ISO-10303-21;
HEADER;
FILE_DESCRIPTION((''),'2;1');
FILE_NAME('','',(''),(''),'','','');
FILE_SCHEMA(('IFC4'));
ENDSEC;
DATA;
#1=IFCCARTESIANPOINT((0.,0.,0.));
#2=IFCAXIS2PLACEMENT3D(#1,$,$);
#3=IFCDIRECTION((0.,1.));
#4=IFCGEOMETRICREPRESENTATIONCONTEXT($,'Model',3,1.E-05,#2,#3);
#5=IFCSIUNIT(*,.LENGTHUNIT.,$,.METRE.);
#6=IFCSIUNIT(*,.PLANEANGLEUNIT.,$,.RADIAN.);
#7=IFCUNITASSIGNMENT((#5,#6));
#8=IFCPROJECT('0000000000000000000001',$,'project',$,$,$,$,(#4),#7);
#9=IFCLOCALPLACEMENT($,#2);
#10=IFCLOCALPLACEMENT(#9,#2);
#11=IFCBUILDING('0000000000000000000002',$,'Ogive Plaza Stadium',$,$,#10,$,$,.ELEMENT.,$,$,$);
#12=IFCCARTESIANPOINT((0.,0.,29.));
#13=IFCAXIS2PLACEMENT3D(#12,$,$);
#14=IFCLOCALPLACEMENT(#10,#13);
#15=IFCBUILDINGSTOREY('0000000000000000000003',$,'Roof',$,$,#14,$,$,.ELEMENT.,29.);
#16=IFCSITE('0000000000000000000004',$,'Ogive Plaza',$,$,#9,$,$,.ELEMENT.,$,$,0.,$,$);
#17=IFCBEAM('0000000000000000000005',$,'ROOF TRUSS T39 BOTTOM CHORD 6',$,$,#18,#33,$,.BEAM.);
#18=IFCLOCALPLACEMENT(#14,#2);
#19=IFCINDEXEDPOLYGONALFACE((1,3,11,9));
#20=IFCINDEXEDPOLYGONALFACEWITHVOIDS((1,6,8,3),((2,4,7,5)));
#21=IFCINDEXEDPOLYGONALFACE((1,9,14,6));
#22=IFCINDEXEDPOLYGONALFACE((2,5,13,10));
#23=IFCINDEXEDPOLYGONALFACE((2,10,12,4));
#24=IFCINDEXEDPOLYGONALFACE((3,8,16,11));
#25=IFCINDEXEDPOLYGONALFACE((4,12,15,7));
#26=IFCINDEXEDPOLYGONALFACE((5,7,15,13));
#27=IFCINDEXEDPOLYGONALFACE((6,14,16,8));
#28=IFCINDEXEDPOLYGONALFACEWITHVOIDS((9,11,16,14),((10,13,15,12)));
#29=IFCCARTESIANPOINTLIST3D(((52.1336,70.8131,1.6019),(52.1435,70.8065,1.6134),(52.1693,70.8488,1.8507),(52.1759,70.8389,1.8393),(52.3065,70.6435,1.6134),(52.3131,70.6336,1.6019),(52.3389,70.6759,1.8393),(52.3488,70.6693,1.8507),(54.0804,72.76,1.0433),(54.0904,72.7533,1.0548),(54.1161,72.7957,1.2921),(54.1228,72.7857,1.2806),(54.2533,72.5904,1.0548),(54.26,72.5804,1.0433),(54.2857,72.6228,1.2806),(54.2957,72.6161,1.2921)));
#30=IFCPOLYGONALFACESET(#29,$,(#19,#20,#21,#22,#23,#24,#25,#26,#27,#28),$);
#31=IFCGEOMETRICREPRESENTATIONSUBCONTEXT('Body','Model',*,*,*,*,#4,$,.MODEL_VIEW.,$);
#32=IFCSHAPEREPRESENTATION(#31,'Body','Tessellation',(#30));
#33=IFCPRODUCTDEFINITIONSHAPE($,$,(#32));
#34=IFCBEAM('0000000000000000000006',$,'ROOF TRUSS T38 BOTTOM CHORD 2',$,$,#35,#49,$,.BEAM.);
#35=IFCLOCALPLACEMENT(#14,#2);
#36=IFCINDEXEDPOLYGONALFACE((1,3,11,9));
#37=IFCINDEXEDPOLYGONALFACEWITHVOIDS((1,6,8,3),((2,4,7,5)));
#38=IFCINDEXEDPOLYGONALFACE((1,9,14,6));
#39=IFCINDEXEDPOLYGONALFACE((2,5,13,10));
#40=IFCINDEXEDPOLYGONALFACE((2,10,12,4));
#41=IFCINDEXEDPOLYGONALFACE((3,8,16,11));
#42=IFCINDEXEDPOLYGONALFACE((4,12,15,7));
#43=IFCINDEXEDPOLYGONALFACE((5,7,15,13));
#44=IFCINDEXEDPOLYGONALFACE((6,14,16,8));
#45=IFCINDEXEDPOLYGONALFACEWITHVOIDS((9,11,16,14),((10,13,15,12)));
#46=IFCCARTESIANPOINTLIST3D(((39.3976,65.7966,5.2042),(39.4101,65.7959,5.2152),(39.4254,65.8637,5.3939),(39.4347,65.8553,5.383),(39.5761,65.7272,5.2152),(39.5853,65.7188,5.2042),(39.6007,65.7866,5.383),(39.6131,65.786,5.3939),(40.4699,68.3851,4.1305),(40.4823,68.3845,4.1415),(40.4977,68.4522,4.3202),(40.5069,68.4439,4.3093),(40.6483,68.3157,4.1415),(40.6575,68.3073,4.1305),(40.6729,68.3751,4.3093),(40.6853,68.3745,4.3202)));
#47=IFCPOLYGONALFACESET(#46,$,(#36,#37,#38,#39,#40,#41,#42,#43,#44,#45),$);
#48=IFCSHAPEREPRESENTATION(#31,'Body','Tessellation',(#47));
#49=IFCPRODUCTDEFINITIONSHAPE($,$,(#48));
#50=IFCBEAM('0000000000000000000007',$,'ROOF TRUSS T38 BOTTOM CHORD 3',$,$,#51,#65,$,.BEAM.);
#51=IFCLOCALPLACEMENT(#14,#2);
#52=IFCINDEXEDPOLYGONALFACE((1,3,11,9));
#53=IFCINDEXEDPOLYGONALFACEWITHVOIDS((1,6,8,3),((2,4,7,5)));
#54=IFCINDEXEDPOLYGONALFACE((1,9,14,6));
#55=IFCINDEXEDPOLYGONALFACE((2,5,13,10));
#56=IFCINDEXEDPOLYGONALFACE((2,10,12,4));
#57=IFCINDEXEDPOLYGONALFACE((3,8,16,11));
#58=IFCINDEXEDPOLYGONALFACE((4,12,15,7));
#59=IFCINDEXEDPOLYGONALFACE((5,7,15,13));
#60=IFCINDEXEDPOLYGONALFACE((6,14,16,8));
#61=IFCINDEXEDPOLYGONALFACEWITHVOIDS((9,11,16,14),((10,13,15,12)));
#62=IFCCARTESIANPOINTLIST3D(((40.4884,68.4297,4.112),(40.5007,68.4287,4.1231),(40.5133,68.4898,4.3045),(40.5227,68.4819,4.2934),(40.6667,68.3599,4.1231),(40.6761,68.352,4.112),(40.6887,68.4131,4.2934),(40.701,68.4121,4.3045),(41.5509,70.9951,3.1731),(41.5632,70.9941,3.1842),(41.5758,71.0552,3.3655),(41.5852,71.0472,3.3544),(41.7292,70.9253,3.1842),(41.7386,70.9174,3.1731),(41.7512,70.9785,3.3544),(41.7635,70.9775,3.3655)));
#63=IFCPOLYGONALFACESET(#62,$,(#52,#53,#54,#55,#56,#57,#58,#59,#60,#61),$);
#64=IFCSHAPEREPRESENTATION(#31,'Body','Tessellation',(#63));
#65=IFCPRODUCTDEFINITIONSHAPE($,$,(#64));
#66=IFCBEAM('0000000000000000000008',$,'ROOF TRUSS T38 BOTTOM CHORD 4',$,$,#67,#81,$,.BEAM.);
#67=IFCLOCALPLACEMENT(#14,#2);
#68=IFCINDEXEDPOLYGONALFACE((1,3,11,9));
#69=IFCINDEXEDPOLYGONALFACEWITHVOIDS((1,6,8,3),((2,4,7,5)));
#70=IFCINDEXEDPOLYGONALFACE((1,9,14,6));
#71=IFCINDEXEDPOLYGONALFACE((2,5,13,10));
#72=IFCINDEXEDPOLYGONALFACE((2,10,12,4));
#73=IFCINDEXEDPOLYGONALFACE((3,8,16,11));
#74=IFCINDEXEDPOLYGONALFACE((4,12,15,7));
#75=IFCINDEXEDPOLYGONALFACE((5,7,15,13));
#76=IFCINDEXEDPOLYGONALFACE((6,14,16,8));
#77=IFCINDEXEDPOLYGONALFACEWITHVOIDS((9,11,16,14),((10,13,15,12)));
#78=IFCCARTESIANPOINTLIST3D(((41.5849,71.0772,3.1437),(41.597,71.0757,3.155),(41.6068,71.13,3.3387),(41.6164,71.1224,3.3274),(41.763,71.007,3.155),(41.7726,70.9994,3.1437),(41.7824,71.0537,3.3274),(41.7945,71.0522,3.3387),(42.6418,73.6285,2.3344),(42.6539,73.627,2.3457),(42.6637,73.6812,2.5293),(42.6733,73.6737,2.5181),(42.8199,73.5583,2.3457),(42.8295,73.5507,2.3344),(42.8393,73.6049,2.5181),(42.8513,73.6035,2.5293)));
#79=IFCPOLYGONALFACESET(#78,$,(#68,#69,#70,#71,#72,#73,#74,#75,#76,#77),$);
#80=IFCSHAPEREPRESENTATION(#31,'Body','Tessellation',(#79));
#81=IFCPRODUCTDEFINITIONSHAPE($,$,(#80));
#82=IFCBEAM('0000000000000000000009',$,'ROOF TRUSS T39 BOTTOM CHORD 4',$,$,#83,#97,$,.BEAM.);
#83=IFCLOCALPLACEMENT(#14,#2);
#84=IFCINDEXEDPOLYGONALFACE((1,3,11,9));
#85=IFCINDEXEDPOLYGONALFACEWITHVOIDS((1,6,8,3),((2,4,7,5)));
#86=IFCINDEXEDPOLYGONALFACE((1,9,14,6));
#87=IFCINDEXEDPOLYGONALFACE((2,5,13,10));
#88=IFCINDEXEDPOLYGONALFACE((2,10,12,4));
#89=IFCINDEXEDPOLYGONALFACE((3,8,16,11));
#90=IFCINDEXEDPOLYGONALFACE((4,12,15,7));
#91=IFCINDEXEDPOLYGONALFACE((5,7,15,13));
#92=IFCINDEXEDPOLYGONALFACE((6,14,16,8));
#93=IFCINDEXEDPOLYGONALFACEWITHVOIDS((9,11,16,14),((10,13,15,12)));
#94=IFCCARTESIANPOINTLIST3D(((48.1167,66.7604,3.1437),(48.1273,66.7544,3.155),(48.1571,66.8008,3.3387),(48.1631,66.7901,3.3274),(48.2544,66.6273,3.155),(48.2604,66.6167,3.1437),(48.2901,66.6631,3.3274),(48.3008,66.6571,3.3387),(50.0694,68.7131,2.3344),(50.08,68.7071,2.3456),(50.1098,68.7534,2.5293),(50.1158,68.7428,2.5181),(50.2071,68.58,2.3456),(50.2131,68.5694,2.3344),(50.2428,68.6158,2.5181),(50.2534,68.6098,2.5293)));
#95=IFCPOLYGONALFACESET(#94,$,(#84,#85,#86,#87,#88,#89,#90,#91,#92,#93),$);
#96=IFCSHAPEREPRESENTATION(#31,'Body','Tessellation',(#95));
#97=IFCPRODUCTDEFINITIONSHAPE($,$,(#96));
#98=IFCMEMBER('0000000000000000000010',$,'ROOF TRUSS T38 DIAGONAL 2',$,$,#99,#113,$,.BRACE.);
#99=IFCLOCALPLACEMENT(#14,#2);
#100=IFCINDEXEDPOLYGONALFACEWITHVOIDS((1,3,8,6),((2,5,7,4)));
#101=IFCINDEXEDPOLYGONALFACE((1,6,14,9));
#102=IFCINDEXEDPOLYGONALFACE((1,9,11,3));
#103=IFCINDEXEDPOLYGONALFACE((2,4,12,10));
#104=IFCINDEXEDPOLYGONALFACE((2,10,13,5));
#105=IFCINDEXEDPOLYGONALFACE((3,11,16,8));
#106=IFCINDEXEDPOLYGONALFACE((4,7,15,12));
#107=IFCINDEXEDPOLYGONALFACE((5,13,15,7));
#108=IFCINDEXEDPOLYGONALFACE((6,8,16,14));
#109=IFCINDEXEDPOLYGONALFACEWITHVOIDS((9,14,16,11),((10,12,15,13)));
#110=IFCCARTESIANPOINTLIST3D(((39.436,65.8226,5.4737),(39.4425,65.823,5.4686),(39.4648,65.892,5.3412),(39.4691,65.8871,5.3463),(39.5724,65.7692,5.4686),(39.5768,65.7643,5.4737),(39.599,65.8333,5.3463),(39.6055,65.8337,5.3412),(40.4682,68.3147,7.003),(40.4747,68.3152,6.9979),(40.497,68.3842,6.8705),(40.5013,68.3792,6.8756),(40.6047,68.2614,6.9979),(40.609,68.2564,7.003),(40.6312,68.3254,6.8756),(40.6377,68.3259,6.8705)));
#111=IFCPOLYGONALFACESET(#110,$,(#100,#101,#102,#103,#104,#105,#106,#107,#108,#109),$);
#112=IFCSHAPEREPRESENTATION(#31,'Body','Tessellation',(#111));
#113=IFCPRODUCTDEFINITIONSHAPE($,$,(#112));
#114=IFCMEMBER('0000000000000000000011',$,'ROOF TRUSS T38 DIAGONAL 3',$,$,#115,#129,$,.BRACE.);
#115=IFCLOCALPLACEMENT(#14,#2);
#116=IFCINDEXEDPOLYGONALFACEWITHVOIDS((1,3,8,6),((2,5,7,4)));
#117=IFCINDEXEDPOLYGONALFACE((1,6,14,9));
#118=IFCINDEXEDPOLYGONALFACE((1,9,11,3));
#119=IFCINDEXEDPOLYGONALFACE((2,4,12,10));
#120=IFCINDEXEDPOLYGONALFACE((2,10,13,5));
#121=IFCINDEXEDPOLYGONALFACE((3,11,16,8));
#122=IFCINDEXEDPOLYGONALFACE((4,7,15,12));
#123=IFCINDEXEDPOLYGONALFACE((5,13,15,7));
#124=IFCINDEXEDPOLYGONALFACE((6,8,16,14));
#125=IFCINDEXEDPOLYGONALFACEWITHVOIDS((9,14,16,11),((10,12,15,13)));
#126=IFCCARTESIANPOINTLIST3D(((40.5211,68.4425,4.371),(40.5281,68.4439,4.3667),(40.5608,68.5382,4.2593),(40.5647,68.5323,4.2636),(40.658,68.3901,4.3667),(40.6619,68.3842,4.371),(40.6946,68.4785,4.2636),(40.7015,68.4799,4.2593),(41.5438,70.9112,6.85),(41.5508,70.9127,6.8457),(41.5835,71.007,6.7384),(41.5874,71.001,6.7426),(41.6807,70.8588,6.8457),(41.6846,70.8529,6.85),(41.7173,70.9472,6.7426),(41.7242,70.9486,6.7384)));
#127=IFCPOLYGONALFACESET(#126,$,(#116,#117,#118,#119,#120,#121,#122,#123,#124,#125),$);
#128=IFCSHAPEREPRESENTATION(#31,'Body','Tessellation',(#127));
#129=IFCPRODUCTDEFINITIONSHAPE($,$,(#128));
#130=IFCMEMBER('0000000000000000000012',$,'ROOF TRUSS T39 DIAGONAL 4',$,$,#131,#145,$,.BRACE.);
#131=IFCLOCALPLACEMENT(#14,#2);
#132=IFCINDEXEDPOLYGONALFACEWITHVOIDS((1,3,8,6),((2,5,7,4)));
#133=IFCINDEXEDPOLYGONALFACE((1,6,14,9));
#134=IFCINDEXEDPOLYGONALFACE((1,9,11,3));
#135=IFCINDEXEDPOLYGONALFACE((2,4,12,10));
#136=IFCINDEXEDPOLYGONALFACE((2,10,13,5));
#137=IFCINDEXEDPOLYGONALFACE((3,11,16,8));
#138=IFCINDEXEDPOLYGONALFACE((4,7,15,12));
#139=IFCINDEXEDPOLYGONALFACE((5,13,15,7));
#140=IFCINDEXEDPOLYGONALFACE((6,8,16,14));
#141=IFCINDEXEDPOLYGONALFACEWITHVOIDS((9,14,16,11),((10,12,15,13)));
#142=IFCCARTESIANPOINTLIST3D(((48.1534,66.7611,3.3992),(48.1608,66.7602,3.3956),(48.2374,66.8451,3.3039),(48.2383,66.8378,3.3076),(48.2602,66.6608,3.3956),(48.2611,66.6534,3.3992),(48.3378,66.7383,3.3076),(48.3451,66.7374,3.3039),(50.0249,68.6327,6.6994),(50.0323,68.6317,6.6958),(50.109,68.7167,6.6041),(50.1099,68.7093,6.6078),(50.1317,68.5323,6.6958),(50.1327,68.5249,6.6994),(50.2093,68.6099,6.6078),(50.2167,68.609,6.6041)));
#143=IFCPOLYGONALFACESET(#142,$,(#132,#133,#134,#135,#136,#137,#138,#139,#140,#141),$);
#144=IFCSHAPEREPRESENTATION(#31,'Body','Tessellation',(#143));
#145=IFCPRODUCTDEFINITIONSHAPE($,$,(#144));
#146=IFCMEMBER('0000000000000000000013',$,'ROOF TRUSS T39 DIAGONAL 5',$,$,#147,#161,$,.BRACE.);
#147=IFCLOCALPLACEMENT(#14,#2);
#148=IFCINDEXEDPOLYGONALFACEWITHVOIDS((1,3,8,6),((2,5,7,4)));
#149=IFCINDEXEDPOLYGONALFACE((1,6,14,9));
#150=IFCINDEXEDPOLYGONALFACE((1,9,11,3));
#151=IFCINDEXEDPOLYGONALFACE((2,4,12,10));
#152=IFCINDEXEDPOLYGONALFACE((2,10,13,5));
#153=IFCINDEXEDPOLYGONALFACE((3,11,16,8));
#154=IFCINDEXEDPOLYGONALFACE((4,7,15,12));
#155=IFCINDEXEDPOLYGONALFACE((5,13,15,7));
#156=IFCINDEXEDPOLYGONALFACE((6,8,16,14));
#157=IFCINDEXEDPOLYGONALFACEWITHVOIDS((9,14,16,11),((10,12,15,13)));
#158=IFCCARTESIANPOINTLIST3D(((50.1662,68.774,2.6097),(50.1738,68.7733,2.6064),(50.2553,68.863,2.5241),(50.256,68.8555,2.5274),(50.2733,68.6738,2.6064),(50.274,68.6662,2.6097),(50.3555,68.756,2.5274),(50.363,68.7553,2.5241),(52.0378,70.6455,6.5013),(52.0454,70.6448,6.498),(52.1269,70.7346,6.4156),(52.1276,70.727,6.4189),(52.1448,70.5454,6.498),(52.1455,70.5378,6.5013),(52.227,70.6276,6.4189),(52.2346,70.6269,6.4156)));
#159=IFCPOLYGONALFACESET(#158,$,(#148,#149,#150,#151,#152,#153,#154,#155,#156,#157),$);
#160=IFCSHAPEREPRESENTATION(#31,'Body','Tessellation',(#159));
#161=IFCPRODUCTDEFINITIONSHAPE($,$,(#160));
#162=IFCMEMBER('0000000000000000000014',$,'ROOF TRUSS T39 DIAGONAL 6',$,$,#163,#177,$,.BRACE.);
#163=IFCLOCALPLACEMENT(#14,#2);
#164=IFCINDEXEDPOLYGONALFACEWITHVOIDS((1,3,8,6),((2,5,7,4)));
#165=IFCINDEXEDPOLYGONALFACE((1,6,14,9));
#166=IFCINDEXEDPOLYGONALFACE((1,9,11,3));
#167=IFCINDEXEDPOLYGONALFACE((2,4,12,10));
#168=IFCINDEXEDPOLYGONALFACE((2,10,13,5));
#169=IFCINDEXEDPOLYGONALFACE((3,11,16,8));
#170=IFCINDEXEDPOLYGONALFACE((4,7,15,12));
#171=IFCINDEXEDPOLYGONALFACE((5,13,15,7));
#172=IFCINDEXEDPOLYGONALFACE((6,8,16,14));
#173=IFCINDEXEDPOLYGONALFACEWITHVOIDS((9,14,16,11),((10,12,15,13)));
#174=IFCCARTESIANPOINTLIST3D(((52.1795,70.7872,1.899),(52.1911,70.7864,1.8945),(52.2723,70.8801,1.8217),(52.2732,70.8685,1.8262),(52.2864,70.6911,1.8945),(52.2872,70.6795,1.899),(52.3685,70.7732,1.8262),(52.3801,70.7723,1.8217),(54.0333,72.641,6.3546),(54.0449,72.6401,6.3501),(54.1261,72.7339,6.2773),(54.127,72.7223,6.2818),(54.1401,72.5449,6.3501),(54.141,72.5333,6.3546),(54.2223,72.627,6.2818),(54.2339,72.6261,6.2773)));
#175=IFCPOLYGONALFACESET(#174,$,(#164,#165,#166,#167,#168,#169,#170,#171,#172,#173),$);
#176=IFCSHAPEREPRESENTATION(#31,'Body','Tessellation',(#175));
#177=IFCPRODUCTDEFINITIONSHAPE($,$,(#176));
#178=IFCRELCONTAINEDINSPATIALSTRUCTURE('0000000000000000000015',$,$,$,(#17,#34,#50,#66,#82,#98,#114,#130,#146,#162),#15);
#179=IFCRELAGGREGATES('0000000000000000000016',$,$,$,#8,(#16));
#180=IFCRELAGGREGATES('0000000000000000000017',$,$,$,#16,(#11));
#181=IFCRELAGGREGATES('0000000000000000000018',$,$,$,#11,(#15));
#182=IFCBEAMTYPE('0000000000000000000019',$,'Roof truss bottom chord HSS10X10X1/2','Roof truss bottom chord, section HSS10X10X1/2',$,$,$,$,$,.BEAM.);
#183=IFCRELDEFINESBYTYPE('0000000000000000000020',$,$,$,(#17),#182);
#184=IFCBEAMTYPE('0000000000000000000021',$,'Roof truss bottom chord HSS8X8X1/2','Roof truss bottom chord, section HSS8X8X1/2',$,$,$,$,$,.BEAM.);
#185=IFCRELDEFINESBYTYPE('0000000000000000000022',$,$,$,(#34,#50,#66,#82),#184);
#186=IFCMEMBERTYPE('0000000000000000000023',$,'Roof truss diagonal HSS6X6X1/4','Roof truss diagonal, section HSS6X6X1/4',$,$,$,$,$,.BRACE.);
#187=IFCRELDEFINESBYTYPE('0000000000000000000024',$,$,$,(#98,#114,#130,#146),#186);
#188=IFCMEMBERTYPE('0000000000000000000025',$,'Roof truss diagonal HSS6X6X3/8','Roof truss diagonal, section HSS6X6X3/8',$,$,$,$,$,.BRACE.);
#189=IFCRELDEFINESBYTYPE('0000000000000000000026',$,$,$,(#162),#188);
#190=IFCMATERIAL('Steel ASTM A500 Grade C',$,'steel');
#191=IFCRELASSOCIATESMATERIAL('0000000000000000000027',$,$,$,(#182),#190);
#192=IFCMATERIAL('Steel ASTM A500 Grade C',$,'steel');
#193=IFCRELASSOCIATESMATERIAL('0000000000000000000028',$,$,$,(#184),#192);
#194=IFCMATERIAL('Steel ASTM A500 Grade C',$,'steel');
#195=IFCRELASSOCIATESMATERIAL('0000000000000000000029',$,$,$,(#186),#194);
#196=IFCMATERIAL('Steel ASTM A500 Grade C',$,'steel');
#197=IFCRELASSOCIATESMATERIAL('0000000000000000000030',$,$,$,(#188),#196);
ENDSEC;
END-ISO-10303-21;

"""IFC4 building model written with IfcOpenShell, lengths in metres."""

from ifc_helpers import new_model, si_unit, direction, frame, origin, origin_2d, place, context, subcontext, project, spatial, hollow_rectangle, extrude, material, material_profile, profile_set, type_object, element, save


model = new_model("IFC4")

# Units and contexts
model_context = context("Model", 3, precision=1e-05, world=origin(), true_north=direction((0.0, 1.0)))
body_context = subcontext(model_context, "Body", "Model", "MODEL_VIEW")
ifc_project = project(units=[si_unit("LENGTHUNIT", "METRE"), si_unit("PLANEANGLEUNIT", "RADIAN")], contexts=[model_context])

# Site, building, storey
site_placement = place(None, origin())
site = spatial("IfcSite", under=ifc_project, at=site_placement, Name="Ogive Plaza", CompositionType="ELEMENT", RefElevation=0.0)
building_placement = place(site_placement, origin())
building = spatial("IfcBuilding", under=site, at=building_placement, Name="Ogive Plaza Stadium", CompositionType="ELEMENT")
storey_placement = place(building_placement, frame((0.0, 0.0, 29.0)))
storey = spatial("IfcBuildingStorey", under=building, at=storey_placement, Name="Roof", CompositionType="ELEMENT", Elevation=29.0)

# Beams
ifc_material_1 = material(Name="Steel ASTM A500 Grade C", Category="steel")
ifc_material_profile_1 = material_profile(ifc_material_1, hollow_rectangle(XDim=0.2539, YDim=0.2539, WallThickness=0.0117, at=origin_2d()), Name="HSS10X10X1/2")
ifc_profile_set_1 = profile_set([ifc_material_profile_1], Name="Steel ASTM A500 Grade C")
beam_type_1 = type_object("IfcBeamType", Name="Roof truss bottom chord HSS10X10X1/2", Description="Roof truss bottom chord, section HSS10X10X1/2", PredefinedType="BEAM", material=ifc_profile_set_1)
beam_1_placement = place(storey_placement, frame((52.2412, 70.7412, 1.7263), z_axis=(0.692987, 0.692987, -0.198841), x_axis=(-0.707107, 0.707107, 0.0)))
element("IfcBeam", 1, at=beam_1_placement, inside=storey, type_object=beam_type_1, Name="ROOF TRUSS T39 BOTTOM CHORD 6", PredefinedType="BEAM", context=body_context, shape_type="SweptSolid", body=[
    extrude(hollow_rectangle(XDim=0.2539, YDim=0.2539, WallThickness=0.0117, at=origin_2d()), origin(), (0.0, 0.0, 1.0), 2.8093),
])
ifc_material_2 = material(Name="Steel ASTM A500 Grade C", Category="steel")
ifc_material_profile_2 = material_profile(ifc_material_2, hollow_rectangle(XDim=0.2031, YDim=0.2031, WallThickness=0.0117, at=origin_2d()), Name="HSS8X8X1/2")
ifc_profile_set_2 = profile_set([ifc_material_profile_2], Name="Steel ASTM A500 Grade C")
beam_type_2 = type_object("IfcBeamType", Name="Roof truss bottom chord HSS8X8X1/2", Description="Roof truss bottom chord, section HSS8X8X1/2", PredefinedType="BEAM", material=ifc_profile_set_2)
beam_2_placement = place(storey_placement, frame((39.5054, 65.7913, 5.2991), z_axis=(0.35735, 0.862701, -0.357838), x_axis=(-0.923877, 0.38269, 0.0)))
element("IfcBeam", 2, at=beam_2_placement, inside=storey, type_object=beam_type_2, Name="ROOF TRUSS T38 BOTTOM CHORD 2", PredefinedType="BEAM", context=body_context, shape_type="SweptSolid", body=[
    extrude(hollow_rectangle(XDim=0.2031, YDim=0.2031, WallThickness=0.0117, at=origin_2d()), origin(), (0.0, 0.0, 1.0), 3.0005),
])
beam_3_placement = place(storey_placement, frame((40.5947, 68.4209, 4.2083), z_axis=(0.362478, 0.875212, -0.320334), x_axis=(-0.923897, 0.382642, 0.0)))
element("IfcBeam", 3, at=beam_3_placement, inside=storey, type_object=beam_type_2, Name="ROOF TRUSS T38 BOTTOM CHORD 3", PredefinedType="BEAM", context=body_context, shape_type="SweptSolid", body=[
    extrude(hollow_rectangle(XDim=0.2031, YDim=0.2031, WallThickness=0.0117, at=origin_2d()), origin(), (0.0, 0.0, 1.0), 2.9312),
])
for number, where, z_axis, x_axis, name in (
    (4, (41.6897, 71.0647, 3.2412), (0.367271, 0.886574, -0.281243), (-0.923865, 0.382719, 0.0), "ROOF TRUSS T38 BOTTOM CHORD 4"),
    (5, (48.2087, 66.7087, 3.2412), (0.678564, 0.678564, -0.28125), (-0.707107, 0.707107, 0.0), "ROOF TRUSS T39 BOTTOM CHORD 4"),
):
    element("IfcBeam", number, at=place(storey_placement, frame(where, z_axis=z_axis, x_axis=x_axis)), inside=storey, type_object=beam_type_2, Name=name, PredefinedType="BEAM", context=body_context, shape_type="SweptSolid", body=[
        extrude(hollow_rectangle(XDim=0.2031, YDim=0.2031, WallThickness=0.0117, at=origin_2d()), origin(), (0.0, 0.0, 1.0), 2.8777),
    ])

# Members
ifc_material_3 = material(Name="Steel ASTM A500 Grade C", Category="steel")
ifc_material_profile_3 = material_profile(ifc_material_3, hollow_rectangle(XDim=0.1523, YDim=0.1523, WallThickness=0.0059, at=origin_2d()), Name="HSS6X6X1/4")
ifc_profile_set_3 = profile_set([ifc_material_profile_3], Name="Steel ASTM A500 Grade C")
member_type_1 = type_object("IfcMemberType", Name="Roof truss diagonal HSS6X6X1/4", Description="Roof truss diagonal, section HSS6X6X1/4", PredefinedType="BRACE", material=ifc_profile_set_3)
member_1_placement = place(storey_placement, frame((39.5208, 65.8281, 5.4075), z_axis=(0.332886, 0.803712, 0.493187), x_axis=(-0.923889, 0.382661, 0.0)))
element("IfcMember", 6, at=member_1_placement, inside=storey, type_object=member_type_1, Name="ROOF TRUSS T38 DIAGONAL 2", PredefinedType="BRACE", context=body_context, shape_type="SweptSolid", body=[
    extrude(hollow_rectangle(XDim=0.1523, YDim=0.1523, WallThickness=0.0059, at=origin_2d()), origin(), (0.0, 0.0, 1.0), 3.1008),
])
member_2_placement = place(storey_placement, frame((40.6113, 68.4612, 4.3152), z_axis=(0.280577, 0.677295, 0.680109), x_axis=(-0.923864, 0.38272, 0.0)))
element("IfcMember", 7, at=member_2_placement, inside=storey, type_object=member_type_1, Name="ROOF TRUSS T38 DIAGONAL 3", PredefinedType="BRACE", context=body_context, shape_type="SweptSolid", body=[
    extrude(hollow_rectangle(XDim=0.1523, YDim=0.1523, WallThickness=0.0059, at=origin_2d()), origin(), (0.0, 0.0, 1.0), 3.645),
])
member_3_placement = place(storey_placement, frame((48.2493, 66.7493, 3.3516), z_axis=(0.442397, 0.442397, 0.780109), x_axis=(-0.707107, 0.707107, 0.0)))
element("IfcMember", 8, at=member_3_placement, inside=storey, type_object=member_type_1, Name="ROOF TRUSS T39 DIAGONAL 4", PredefinedType="BRACE", context=body_context, shape_type="SweptSolid", body=[
    extrude(hollow_rectangle(XDim=0.1523, YDim=0.1523, WallThickness=0.0059, at=origin_2d()), origin(), (0.0, 0.0, 1.0), 4.2305),
])
member_4_placement = place(storey_placement, frame((50.2646, 68.7646, 2.5669), z_axis=(0.397667, 0.397667, 0.826874), x_axis=(-0.707107, 0.707107, 0.0)))
element("IfcMember", 9, at=member_4_placement, inside=storey, type_object=member_type_1, Name="ROOF TRUSS T39 DIAGONAL 5", PredefinedType="BRACE", context=body_context, shape_type="SweptSolid", body=[
    extrude(hollow_rectangle(XDim=0.1523, YDim=0.1523, WallThickness=0.0059, at=origin_2d()), origin(), (0.0, 0.0, 1.0), 4.7063),
])
ifc_material_4 = material(Name="Steel ASTM A500 Grade C", Category="steel")
ifc_material_profile_4 = material_profile(ifc_material_4, hollow_rectangle(XDim=0.1523, YDim=0.1523, WallThickness=0.0088, at=origin_2d()), Name="HSS6X6X3/8")
ifc_profile_set_4 = profile_set([ifc_material_profile_4], Name="Steel ASTM A500 Grade C")
member_type_2 = type_object("IfcMemberType", Name="Roof truss diagonal HSS6X6X3/8", Description="Roof truss diagonal, section HSS6X6X3/8", PredefinedType="BRACE", material=ifc_profile_set_4)
member_5_placement = place(storey_placement, frame((52.2798, 70.7798, 1.8604), z_axis=(0.358588, 0.358588, 0.861876), x_axis=(-0.707107, 0.707107, 0.0)))
element("IfcMember", 10, at=member_5_placement, inside=storey, type_object=member_type_2, Name="ROOF TRUSS T39 DIAGONAL 6", PredefinedType="BRACE", context=body_context, shape_type="SweptSolid", body=[
    extrude(hollow_rectangle(XDim=0.1523, YDim=0.1523, WallThickness=0.0088, at=origin_2d()), origin(), (0.0, 0.0, 1.0), 5.1697),
])

save(model, "model.ifc")
